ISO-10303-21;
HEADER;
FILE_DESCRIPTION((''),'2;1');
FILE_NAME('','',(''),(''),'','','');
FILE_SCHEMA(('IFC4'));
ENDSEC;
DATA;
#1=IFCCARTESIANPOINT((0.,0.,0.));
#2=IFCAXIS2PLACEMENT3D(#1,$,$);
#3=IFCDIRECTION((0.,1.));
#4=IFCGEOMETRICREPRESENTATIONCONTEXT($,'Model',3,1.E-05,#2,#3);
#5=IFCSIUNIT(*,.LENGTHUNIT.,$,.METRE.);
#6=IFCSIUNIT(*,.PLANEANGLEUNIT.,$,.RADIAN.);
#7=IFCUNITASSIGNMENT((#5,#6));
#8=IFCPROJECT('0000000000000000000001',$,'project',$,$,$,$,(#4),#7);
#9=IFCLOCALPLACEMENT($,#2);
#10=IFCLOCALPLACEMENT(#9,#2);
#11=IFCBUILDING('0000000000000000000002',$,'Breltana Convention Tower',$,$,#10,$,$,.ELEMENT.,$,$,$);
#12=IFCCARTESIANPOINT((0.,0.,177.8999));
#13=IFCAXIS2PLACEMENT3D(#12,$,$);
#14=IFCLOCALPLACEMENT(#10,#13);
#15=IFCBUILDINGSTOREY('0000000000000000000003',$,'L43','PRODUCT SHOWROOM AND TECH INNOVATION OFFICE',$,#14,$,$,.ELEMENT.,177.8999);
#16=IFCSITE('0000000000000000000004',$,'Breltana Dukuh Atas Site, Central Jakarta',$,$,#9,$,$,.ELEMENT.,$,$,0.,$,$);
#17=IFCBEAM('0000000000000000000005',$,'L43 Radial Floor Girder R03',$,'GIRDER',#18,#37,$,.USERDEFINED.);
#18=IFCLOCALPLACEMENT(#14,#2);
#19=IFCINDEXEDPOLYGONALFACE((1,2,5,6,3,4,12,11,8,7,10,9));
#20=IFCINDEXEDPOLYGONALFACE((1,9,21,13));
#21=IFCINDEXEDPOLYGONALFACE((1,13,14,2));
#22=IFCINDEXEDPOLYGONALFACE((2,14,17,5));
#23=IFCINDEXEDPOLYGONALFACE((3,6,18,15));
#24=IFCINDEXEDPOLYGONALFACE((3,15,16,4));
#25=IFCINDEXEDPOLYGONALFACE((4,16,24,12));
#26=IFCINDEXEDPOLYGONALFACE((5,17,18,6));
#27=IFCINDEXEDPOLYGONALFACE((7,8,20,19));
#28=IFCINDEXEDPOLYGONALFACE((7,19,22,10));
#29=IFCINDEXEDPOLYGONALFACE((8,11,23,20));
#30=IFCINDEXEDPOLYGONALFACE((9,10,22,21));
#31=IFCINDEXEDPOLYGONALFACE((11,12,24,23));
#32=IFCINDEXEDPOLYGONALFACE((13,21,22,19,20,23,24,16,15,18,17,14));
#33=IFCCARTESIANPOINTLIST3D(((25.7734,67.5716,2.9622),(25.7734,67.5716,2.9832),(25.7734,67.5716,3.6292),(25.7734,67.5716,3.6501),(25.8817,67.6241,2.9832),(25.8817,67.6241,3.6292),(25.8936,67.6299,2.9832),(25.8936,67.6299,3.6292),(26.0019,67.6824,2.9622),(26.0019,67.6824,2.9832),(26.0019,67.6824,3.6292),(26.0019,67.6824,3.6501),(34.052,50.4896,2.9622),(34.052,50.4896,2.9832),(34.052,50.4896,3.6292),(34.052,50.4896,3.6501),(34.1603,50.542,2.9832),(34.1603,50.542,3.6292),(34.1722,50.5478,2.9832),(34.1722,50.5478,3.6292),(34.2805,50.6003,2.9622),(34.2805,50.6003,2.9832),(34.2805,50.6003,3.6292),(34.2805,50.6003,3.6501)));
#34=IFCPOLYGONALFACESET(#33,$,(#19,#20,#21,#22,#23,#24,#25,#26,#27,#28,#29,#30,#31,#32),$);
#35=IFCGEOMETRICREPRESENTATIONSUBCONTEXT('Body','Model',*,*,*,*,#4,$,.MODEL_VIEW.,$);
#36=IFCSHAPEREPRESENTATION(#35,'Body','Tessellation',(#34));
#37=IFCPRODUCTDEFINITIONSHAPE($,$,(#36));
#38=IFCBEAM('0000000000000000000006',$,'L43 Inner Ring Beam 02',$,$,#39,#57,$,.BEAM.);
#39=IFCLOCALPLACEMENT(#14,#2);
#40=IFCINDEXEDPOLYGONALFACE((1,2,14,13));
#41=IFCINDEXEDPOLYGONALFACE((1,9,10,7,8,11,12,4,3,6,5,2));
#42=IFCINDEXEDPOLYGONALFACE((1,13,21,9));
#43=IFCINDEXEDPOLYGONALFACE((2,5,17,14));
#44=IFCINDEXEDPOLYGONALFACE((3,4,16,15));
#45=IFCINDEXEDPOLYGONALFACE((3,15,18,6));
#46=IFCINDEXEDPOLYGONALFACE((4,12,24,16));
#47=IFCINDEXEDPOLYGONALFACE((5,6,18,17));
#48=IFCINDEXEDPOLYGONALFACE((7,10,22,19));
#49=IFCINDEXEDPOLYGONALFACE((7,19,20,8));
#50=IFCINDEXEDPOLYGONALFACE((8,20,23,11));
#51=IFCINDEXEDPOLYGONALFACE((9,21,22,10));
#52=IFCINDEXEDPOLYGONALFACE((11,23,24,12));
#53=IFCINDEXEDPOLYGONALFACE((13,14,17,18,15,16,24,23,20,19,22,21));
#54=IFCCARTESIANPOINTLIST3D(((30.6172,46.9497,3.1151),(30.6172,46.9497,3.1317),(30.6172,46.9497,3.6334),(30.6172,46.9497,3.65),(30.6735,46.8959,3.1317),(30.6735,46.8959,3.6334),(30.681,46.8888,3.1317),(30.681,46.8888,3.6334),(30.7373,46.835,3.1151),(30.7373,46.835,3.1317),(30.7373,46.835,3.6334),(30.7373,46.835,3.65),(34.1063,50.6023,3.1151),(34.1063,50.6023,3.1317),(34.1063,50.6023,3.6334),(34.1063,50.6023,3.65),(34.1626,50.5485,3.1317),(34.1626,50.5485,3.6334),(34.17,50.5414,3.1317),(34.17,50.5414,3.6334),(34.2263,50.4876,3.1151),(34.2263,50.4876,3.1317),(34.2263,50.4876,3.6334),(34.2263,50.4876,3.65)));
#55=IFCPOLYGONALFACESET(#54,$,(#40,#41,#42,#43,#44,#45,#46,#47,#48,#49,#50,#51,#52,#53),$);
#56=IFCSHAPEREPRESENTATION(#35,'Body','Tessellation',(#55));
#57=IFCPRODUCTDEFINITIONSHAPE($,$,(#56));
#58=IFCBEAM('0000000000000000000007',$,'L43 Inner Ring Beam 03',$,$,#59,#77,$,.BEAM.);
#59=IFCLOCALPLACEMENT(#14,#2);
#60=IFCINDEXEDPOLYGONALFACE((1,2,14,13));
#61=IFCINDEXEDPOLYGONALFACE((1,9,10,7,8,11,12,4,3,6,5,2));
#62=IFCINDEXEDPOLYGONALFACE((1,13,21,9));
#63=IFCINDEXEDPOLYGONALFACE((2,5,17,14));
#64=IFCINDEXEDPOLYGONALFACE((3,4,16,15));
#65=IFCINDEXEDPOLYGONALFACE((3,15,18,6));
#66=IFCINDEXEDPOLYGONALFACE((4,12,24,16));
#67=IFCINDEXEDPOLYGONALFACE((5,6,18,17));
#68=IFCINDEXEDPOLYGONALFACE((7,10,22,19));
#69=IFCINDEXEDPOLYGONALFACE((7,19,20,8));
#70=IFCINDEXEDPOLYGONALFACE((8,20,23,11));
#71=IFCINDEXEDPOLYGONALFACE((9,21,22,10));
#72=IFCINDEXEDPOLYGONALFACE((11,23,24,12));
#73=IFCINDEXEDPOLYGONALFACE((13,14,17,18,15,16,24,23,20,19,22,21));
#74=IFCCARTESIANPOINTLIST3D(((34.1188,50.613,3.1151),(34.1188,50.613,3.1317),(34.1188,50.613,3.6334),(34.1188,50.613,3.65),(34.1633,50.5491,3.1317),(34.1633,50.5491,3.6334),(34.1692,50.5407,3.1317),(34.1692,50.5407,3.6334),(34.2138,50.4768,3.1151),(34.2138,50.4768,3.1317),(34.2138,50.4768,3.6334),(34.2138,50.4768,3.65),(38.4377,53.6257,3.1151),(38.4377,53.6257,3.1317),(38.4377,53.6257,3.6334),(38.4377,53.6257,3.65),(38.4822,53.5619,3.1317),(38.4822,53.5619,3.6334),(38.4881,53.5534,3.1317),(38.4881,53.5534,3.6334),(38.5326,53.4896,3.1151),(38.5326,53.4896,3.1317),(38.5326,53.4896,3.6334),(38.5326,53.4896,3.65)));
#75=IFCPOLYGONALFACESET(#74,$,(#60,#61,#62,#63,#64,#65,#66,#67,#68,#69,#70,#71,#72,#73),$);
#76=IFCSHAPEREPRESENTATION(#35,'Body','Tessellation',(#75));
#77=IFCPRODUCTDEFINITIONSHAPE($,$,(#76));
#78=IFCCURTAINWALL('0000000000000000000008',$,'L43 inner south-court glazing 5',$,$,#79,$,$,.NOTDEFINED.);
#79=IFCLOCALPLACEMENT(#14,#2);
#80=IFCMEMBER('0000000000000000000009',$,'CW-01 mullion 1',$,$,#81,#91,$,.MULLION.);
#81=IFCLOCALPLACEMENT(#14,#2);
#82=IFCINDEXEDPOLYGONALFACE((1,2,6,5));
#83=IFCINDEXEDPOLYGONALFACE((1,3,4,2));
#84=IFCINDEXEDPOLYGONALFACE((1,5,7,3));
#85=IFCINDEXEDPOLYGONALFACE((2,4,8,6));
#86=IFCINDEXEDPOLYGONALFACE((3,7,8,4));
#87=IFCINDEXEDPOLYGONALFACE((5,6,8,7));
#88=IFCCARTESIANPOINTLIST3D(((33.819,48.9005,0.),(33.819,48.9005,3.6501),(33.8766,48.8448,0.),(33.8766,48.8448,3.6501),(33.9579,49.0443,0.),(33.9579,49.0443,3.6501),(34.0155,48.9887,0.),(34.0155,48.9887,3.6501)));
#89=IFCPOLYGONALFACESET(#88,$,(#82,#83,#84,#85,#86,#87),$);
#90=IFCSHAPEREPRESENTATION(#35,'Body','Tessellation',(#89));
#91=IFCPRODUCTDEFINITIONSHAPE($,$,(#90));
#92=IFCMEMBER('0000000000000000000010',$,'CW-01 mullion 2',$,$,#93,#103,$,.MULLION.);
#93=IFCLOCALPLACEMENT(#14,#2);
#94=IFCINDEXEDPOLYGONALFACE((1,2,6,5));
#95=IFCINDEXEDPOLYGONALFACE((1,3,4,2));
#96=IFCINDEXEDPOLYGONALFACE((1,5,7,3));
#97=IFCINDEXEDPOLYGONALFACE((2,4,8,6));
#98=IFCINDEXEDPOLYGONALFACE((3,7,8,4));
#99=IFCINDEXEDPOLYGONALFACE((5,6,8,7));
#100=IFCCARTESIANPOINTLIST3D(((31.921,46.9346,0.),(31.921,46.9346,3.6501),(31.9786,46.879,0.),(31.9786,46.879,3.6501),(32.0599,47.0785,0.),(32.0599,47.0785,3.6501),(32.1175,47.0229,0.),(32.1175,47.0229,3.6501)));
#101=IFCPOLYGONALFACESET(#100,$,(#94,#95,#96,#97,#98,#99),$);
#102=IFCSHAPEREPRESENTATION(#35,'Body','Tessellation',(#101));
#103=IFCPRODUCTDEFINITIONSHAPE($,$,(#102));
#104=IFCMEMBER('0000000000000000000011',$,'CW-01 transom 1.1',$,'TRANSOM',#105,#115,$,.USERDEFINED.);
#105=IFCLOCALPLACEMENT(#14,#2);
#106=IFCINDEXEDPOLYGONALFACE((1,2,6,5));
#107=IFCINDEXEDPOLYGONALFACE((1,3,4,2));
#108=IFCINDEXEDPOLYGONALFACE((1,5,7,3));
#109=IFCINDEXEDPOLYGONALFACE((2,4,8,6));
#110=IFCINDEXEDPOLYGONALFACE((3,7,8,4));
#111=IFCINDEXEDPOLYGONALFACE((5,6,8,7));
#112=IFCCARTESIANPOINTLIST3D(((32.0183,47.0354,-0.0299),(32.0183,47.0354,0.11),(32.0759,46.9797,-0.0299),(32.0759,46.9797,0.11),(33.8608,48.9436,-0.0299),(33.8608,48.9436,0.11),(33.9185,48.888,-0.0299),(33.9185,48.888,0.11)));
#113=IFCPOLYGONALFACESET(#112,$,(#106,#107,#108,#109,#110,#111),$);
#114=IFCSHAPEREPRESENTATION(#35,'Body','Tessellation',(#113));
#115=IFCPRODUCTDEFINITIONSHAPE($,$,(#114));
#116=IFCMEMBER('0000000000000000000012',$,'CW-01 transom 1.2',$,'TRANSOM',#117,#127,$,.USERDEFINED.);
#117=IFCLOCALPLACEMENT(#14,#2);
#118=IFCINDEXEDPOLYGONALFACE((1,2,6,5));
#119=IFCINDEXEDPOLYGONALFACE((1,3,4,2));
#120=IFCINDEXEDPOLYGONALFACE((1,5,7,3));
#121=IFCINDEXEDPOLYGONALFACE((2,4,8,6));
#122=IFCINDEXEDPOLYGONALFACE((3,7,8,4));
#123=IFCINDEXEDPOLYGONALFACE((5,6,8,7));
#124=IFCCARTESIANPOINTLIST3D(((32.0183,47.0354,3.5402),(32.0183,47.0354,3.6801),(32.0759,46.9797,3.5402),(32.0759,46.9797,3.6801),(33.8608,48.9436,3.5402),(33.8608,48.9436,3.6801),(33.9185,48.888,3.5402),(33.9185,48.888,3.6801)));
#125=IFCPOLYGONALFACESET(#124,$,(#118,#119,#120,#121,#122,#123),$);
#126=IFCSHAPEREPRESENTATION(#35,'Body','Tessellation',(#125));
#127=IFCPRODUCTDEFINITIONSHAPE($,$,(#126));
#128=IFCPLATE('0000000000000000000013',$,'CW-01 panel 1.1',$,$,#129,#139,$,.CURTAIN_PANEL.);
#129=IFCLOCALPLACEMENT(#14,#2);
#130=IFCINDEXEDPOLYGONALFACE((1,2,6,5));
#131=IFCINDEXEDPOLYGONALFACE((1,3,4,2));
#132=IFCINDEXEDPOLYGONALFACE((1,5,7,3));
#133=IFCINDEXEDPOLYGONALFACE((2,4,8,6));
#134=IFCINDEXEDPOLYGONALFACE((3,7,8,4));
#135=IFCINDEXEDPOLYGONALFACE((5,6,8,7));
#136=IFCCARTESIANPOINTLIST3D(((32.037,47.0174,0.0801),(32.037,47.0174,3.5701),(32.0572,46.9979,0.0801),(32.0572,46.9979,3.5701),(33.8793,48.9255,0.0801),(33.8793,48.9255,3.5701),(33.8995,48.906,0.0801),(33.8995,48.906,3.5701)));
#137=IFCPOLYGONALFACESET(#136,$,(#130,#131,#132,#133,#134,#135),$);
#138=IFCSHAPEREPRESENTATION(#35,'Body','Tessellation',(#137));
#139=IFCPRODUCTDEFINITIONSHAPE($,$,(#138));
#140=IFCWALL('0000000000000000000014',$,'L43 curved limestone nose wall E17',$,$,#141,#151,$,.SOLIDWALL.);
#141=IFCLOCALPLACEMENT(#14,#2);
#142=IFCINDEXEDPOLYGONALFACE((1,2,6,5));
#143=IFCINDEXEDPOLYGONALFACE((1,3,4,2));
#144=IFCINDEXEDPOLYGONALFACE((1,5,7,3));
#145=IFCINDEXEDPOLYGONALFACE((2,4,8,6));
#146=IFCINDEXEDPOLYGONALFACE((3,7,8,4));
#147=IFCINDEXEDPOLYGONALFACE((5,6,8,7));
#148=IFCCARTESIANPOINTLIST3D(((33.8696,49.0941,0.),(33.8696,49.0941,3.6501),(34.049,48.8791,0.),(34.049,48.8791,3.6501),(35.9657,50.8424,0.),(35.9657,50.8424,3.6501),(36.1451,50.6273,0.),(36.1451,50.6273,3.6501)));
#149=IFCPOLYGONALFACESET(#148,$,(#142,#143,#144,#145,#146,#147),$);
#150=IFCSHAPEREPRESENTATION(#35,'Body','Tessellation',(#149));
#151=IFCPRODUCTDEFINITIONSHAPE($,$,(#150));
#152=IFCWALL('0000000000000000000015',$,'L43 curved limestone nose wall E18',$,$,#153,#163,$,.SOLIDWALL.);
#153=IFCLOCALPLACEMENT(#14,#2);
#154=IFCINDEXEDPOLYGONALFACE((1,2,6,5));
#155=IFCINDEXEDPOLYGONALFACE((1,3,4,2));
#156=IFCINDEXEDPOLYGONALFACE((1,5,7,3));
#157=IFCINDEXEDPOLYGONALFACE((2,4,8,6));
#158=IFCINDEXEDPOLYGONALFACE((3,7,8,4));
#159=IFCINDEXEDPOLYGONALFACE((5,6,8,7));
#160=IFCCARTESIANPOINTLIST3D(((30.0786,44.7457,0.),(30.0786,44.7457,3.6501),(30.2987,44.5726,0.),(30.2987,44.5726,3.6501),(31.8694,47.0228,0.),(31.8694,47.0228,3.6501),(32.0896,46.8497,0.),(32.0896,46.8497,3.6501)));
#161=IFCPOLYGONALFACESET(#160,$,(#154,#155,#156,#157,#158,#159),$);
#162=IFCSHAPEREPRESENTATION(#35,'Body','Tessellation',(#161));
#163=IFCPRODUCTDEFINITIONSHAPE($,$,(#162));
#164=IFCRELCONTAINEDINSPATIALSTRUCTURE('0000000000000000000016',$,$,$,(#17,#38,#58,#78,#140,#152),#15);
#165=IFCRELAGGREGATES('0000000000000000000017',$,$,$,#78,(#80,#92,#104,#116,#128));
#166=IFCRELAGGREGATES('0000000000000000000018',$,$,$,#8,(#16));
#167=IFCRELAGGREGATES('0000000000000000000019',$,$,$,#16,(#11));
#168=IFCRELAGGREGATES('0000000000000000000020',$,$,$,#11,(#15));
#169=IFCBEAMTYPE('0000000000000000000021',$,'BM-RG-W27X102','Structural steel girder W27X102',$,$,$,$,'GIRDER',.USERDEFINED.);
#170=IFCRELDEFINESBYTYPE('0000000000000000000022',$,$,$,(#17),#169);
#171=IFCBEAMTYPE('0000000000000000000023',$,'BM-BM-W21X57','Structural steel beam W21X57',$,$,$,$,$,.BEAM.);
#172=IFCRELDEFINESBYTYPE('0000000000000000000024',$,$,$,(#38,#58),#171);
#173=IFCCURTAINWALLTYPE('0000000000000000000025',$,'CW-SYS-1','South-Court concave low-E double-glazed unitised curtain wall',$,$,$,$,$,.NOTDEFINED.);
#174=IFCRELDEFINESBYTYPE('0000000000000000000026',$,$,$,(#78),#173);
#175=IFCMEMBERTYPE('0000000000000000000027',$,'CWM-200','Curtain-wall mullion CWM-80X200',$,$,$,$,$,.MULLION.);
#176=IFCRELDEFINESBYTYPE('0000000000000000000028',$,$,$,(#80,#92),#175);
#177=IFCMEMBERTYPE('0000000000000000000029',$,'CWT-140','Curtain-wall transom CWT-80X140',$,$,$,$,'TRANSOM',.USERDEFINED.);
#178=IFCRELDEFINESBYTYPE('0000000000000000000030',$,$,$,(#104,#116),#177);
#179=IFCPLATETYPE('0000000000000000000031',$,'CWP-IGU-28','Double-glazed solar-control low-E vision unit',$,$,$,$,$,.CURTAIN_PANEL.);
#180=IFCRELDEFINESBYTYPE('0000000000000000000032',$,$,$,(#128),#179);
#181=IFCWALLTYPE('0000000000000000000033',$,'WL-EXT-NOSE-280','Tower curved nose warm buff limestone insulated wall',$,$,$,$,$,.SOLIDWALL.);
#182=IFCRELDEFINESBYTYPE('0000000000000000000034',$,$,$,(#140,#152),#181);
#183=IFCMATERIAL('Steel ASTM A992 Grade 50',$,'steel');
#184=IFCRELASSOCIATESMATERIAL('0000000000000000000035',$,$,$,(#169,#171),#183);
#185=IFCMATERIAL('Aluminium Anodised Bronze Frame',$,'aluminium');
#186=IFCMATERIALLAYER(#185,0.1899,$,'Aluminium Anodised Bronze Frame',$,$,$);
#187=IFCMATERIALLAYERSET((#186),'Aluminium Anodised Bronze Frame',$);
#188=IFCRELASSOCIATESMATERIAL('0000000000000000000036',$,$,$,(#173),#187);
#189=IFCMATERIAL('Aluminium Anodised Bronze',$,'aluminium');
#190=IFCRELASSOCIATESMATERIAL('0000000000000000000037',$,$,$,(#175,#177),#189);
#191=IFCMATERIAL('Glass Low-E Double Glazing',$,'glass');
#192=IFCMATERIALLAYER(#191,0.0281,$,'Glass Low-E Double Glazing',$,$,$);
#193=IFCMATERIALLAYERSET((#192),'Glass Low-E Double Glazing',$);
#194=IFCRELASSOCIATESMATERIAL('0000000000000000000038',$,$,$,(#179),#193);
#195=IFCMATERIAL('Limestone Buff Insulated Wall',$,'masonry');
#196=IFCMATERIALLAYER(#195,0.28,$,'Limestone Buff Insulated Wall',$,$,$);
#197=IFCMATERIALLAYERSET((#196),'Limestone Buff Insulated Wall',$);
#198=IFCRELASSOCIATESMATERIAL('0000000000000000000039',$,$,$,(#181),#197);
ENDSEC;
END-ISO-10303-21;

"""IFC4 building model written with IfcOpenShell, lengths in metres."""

from ifc_helpers import new_model, si_unit, direction, frame, frame_2d, origin, origin_2d, place, context, subcontext, project, spatial, rectangle, i_section, extrude, source, transform, mapped, material, layer, layer_set, material_profile, profile_set, type_object, element, aggregate, save


model = new_model("IFC4")

# Units and contexts
model_context = context("Model", 3, precision=1e-05, world=origin(), true_north=direction((0.0, 1.0)))
body_context = subcontext(model_context, "Body", "Model", "MODEL_VIEW")
ifc_project = project(units=[si_unit("LENGTHUNIT", "METRE"), si_unit("PLANEANGLEUNIT", "RADIAN")], contexts=[model_context])

# Site, building, storey
site_placement = place(None, origin())
site = spatial("IfcSite", under=ifc_project, at=site_placement, Name="Breltana Dukuh Atas Site, Central Jakarta", CompositionType="ELEMENT", RefElevation=0.0)
building_placement = place(site_placement, origin())
building = spatial("IfcBuilding", under=site, at=building_placement, Name="Breltana Convention Tower", CompositionType="ELEMENT")
storey_placement = place(building_placement, frame((0.0, 0.0, 177.8999)))
storey = spatial("IfcBuildingStorey", under=building, at=storey_placement, Name="L43", Description="PRODUCT SHOWROOM AND TECH INNOVATION OFFICE", CompositionType="ELEMENT", Elevation=177.8999)

# Beams
ifc_material_1 = material(Name="Steel ASTM A992 Grade 50", Category="steel")
ifc_material_profile_1 = material_profile(ifc_material_1, i_section(OverallWidth=0.2539, OverallDepth=0.688, WebThickness=0.0132, FlangeThickness=0.021, at=origin_2d()), Name="W27X102")
ifc_profile_set_1 = profile_set([ifc_material_profile_1], Name="Steel ASTM A992 Grade 50")
beam_type_1 = type_object("IfcBeamType", Name="BM-RG-W27X102", Description="Structural steel girder W27X102", ElementType="GIRDER", PredefinedType="USERDEFINED", material=ifc_profile_set_1)
shared_shape_1 = source(origin(), body_context, "Body", "SweptSolid", [
    extrude(i_section(OverallWidth=0.2539, OverallDepth=0.688, WebThickness=0.0132, FlangeThickness=0.021, at=origin_2d()), origin(), (0.0, 0.0, 1.0), 18.9824),
])
beam_1_placement = place(storey_placement, frame((34.1663, 50.5449, 3.3062), z_axis=(-0.436119, 0.899889, 0.0), x_axis=(-0.899889, -0.436119, 0.0)))
element("IfcBeam", 1, at=beam_1_placement, inside=storey, type_object=beam_type_1, Name="L43 Radial Floor Girder R03", ObjectType="GIRDER", PredefinedType="USERDEFINED", context=body_context, shape_type="MappedRepresentation", body=[
    mapped(shared_shape_1, transform((0.0, 0.0, 0.0), scale=1.0)),
])
ifc_material_profile_2 = material_profile(ifc_material_1, i_section(OverallWidth=0.166, OverallDepth=0.5349, WebThickness=0.0103, FlangeThickness=0.0166, at=origin_2d()), Name="W21X57")
ifc_profile_set_2 = profile_set([ifc_material_profile_2], Name="Steel ASTM A992 Grade 50")
beam_type_2 = type_object("IfcBeamType", Name="BM-BM-W21X57", Description="Structural steel beam W21X57", PredefinedType="BEAM", material=ifc_profile_set_2)
shared_shape_2 = source(origin(), body_context, "Body", "SweptSolid", [
    extrude(i_section(OverallWidth=0.166, OverallDepth=0.5349, WebThickness=0.0103, FlangeThickness=0.0166, at=origin_2d()), origin(), (0.0, 0.0, 1.0), 5.0513),
])
beam_2_placement = place(storey_placement, frame((30.6772, 46.8923, 3.3826), z_axis=(0.69073, 0.723113, 0.0), x_axis=(-0.723113, 0.69073, 0.0)))
element("IfcBeam", 2, at=beam_2_placement, inside=storey, type_object=beam_type_2, Name="L43 Inner Ring Beam 02", PredefinedType="BEAM", context=body_context, shape_type="MappedRepresentation", body=[
    mapped(shared_shape_2, transform((0.0, 0.0, 0.0), scale=1.0)),
])
shared_shape_3 = source(origin(), body_context, "Body", "SweptSolid", [
    extrude(i_section(OverallWidth=0.166, OverallDepth=0.5349, WebThickness=0.0103, FlangeThickness=0.0166, at=origin_2d()), origin(), (0.0, 0.0, 1.0), 5.2659),
])
beam_3_placement = place(storey_placement, frame((34.1663, 50.5449, 3.3826), z_axis=(0.820167, 0.572124, 0.0), x_axis=(-0.572124, 0.820167, 0.0)))
element("IfcBeam", 3, at=beam_3_placement, inside=storey, type_object=beam_type_2, Name="L43 Inner Ring Beam 03", PredefinedType="BEAM", context=body_context, shape_type="MappedRepresentation", body=[
    mapped(shared_shape_3, transform((0.0, 0.0, 0.0), scale=1.0)),
])

# Curtain wall, members, plate
ifc_material_2 = material(Name="Aluminium Anodised Bronze Frame", Category="aluminium")
ifc_layer_1 = layer(ifc_material_2, 0.1899, Name="Aluminium Anodised Bronze Frame")
ifc_layer_set_1 = layer_set([ifc_layer_1], Name="Aluminium Anodised Bronze Frame")
curtain_wall_type = type_object("IfcCurtainWallType", Name="CW-SYS-1", Description="South-Court concave low-E double-glazed unitised curtain wall", PredefinedType="NOTDEFINED", material=ifc_layer_set_1)
curtain_wall_placement = place(storey_placement, origin())
curtain_wall = element("IfcCurtainWall", 4, at=curtain_wall_placement, inside=storey, type_object=curtain_wall_type, Name="L43 inner south-court glazing 5", PredefinedType="NOTDEFINED")
ifc_material_3 = material(Name="Aluminium Anodised Bronze", Category="aluminium")
ifc_material_profile_3 = material_profile(ifc_material_3, rectangle(XDim=0.0801, YDim=0.2, at=origin_2d()), Name="CWM-80X200")
ifc_profile_set_3 = profile_set([ifc_material_profile_3], Name="Aluminium Anodised Bronze")
member_type_1 = type_object("IfcMemberType", Name="CWM-200", Description="Curtain-wall mullion CWM-80X200", PredefinedType="MULLION", material=ifc_profile_set_3)
shared_shape_4 = source(origin(), body_context, "Body", "SweptSolid", [
    extrude(rectangle(XDim=0.0801, YDim=0.2, at=origin_2d()), origin(), (0.0, 0.0, 1.0), 3.6501),
])
member_1_placement = place(storey_placement, frame((33.9172, 48.9446, 0.0), z_axis=(0.0, 0.0, 1.0), x_axis=(0.71939, -0.694607, 0.0)))
member_1 = element("IfcMember", 5, at=member_1_placement, type_object=member_type_1, Name="CW-01 mullion 1", PredefinedType="MULLION", context=body_context, shape_type="MappedRepresentation", body=[
    mapped(shared_shape_4, transform((0.0, 0.0, 0.0), scale=1.0)),
])
member_2_placement = place(storey_placement, frame((32.0193, 46.9788, 0.0), z_axis=(0.0, 0.0, 1.0), x_axis=(0.71939, -0.694607, 0.0)))
member_2 = element("IfcMember", 6, at=member_2_placement, type_object=member_type_1, Name="CW-01 mullion 2", PredefinedType="MULLION", context=body_context, shape_type="MappedRepresentation", body=[
    mapped(shared_shape_4, transform((0.0, 0.0, 0.0), scale=1.0)),
])
ifc_material_profile_4 = material_profile(ifc_material_3, rectangle(XDim=0.0801, YDim=0.1399, at=origin_2d()), Name="CWT-80X140")
ifc_profile_set_4 = profile_set([ifc_material_profile_4], Name="Aluminium Anodised Bronze")
member_type_2 = type_object("IfcMemberType", Name="CWT-140", Description="Curtain-wall transom CWT-80X140", ElementType="TRANSOM", PredefinedType="USERDEFINED", material=ifc_profile_set_4)
shared_shape_5 = source(origin(), body_context, "Body", "SweptSolid", [
    extrude(rectangle(XDim=0.0801, YDim=0.1399, at=origin_2d()), origin(), (0.0, 0.0, 1.0), 2.6526),
])
member_3_placement = place(storey_placement, frame((33.8896, 48.9158, 0.04), z_axis=(-0.694619, -0.719378, 0.0), x_axis=(0.719378, -0.694619, 0.0)))
member_3 = element("IfcMember", 7, at=member_3_placement, type_object=member_type_2, Name="CW-01 transom 1.1", ObjectType="TRANSOM", PredefinedType="USERDEFINED", context=body_context, shape_type="MappedRepresentation", body=[
    mapped(shared_shape_5, transform((0.0, 0.0, 0.0), scale=1.0)),
])
member_4_placement = place(storey_placement, frame((33.8896, 48.9158, 3.6101), z_axis=(-0.694619, -0.719378, 0.0), x_axis=(0.719378, -0.694619, 0.0)))
member_4 = element("IfcMember", 8, at=member_4_placement, type_object=member_type_2, Name="CW-01 transom 1.2", ObjectType="TRANSOM", PredefinedType="USERDEFINED", context=body_context, shape_type="MappedRepresentation", body=[
    mapped(shared_shape_5, transform((0.0, 0.0, 0.0), scale=1.0)),
])
ifc_material_4 = material(Name="Glass Low-E Double Glazing", Category="glass")
ifc_layer_2 = layer(ifc_material_4, 0.0281, Name="Glass Low-E Double Glazing")
ifc_layer_set_2 = layer_set([ifc_layer_2], Name="Glass Low-E Double Glazing")
plate_type = type_object("IfcPlateType", Name="CWP-IGU-28", Description="Double-glazed solar-control low-E vision unit", PredefinedType="CURTAIN_PANEL", material=ifc_layer_set_2)
shared_shape_6 = source(origin(), body_context, "Body", "SweptSolid", [
    extrude(rectangle(XDim=2.6523, YDim=0.0281, at=origin_2d()), origin(), (0.0, 0.0, 1.0), 3.49),
])
plate_placement = place(storey_placement, frame((32.9683, 47.9617, 0.0801), z_axis=(0.0, 0.0, 1.0), x_axis=(-0.694607, -0.71939, 0.0)))
plate = element("IfcPlate", 9, at=plate_placement, type_object=plate_type, Name="CW-01 panel 1.1", PredefinedType="CURTAIN_PANEL", context=body_context, shape_type="MappedRepresentation", body=[
    mapped(shared_shape_6, transform((0.0, 0.0, 0.0), scale=1.0)),
])
aggregate(curtain_wall, [member_1, member_2, member_3, member_4, plate])

# Walls
ifc_material_5 = material(Name="Limestone Buff Insulated Wall", Category="masonry")
ifc_layer_3 = layer(ifc_material_5, 0.28, Name="Limestone Buff Insulated Wall")
ifc_layer_set_3 = layer_set([ifc_layer_3], Name="Limestone Buff Insulated Wall")
wall_type_1 = type_object("IfcWallType", Name="WL-EXT-NOSE-280", Description="Tower curved nose warm buff limestone insulated wall", PredefinedType="SOLIDWALL", material=ifc_layer_set_3)
shared_shape_7 = source(origin(), body_context, "Body", "SweptSolid", [
    extrude(rectangle(XDim=2.7295, YDim=0.28, at=frame_2d((1.3647, 0.0))), origin(), (0.0, 0.0, 1.0), 3.6501),
])
wall_1_placement = place(storey_placement, frame((36.0554, 50.7349, 0.0), z_axis=(0.0, 0.0, 1.0), x_axis=(-0.767957, -0.640501, 0.0)))
element("IfcWall", 10, at=wall_1_placement, inside=storey, type_object=wall_type_1, Name="L43 curved limestone nose wall E17", PredefinedType="SOLIDWALL", context=body_context, shape_type="MappedRepresentation", body=[
    mapped(shared_shape_7, transform((0.0, 0.0, 0.0), scale=1.0)),
])
shared_shape_8 = source(origin(), body_context, "Body", "SweptSolid", [
    extrude(rectangle(XDim=2.897, YDim=0.28, at=frame_2d((1.4485, 0.0))), origin(), (0.0, 0.0, 1.0), 3.6501),
])
wall_2_placement = place(storey_placement, frame((31.9795, 46.9363, 0.0), z_axis=(0.0, 0.0, 1.0), x_axis=(-0.618168, -0.786046, 0.0)))
element("IfcWall", 11, at=wall_2_placement, inside=storey, type_object=wall_type_1, Name="L43 curved limestone nose wall E18", PredefinedType="SOLIDWALL", context=body_context, shape_type="MappedRepresentation", body=[
    mapped(shared_shape_8, transform((0.0, 0.0, 0.0), scale=1.0)),
])

save(model, "model.ifc")
